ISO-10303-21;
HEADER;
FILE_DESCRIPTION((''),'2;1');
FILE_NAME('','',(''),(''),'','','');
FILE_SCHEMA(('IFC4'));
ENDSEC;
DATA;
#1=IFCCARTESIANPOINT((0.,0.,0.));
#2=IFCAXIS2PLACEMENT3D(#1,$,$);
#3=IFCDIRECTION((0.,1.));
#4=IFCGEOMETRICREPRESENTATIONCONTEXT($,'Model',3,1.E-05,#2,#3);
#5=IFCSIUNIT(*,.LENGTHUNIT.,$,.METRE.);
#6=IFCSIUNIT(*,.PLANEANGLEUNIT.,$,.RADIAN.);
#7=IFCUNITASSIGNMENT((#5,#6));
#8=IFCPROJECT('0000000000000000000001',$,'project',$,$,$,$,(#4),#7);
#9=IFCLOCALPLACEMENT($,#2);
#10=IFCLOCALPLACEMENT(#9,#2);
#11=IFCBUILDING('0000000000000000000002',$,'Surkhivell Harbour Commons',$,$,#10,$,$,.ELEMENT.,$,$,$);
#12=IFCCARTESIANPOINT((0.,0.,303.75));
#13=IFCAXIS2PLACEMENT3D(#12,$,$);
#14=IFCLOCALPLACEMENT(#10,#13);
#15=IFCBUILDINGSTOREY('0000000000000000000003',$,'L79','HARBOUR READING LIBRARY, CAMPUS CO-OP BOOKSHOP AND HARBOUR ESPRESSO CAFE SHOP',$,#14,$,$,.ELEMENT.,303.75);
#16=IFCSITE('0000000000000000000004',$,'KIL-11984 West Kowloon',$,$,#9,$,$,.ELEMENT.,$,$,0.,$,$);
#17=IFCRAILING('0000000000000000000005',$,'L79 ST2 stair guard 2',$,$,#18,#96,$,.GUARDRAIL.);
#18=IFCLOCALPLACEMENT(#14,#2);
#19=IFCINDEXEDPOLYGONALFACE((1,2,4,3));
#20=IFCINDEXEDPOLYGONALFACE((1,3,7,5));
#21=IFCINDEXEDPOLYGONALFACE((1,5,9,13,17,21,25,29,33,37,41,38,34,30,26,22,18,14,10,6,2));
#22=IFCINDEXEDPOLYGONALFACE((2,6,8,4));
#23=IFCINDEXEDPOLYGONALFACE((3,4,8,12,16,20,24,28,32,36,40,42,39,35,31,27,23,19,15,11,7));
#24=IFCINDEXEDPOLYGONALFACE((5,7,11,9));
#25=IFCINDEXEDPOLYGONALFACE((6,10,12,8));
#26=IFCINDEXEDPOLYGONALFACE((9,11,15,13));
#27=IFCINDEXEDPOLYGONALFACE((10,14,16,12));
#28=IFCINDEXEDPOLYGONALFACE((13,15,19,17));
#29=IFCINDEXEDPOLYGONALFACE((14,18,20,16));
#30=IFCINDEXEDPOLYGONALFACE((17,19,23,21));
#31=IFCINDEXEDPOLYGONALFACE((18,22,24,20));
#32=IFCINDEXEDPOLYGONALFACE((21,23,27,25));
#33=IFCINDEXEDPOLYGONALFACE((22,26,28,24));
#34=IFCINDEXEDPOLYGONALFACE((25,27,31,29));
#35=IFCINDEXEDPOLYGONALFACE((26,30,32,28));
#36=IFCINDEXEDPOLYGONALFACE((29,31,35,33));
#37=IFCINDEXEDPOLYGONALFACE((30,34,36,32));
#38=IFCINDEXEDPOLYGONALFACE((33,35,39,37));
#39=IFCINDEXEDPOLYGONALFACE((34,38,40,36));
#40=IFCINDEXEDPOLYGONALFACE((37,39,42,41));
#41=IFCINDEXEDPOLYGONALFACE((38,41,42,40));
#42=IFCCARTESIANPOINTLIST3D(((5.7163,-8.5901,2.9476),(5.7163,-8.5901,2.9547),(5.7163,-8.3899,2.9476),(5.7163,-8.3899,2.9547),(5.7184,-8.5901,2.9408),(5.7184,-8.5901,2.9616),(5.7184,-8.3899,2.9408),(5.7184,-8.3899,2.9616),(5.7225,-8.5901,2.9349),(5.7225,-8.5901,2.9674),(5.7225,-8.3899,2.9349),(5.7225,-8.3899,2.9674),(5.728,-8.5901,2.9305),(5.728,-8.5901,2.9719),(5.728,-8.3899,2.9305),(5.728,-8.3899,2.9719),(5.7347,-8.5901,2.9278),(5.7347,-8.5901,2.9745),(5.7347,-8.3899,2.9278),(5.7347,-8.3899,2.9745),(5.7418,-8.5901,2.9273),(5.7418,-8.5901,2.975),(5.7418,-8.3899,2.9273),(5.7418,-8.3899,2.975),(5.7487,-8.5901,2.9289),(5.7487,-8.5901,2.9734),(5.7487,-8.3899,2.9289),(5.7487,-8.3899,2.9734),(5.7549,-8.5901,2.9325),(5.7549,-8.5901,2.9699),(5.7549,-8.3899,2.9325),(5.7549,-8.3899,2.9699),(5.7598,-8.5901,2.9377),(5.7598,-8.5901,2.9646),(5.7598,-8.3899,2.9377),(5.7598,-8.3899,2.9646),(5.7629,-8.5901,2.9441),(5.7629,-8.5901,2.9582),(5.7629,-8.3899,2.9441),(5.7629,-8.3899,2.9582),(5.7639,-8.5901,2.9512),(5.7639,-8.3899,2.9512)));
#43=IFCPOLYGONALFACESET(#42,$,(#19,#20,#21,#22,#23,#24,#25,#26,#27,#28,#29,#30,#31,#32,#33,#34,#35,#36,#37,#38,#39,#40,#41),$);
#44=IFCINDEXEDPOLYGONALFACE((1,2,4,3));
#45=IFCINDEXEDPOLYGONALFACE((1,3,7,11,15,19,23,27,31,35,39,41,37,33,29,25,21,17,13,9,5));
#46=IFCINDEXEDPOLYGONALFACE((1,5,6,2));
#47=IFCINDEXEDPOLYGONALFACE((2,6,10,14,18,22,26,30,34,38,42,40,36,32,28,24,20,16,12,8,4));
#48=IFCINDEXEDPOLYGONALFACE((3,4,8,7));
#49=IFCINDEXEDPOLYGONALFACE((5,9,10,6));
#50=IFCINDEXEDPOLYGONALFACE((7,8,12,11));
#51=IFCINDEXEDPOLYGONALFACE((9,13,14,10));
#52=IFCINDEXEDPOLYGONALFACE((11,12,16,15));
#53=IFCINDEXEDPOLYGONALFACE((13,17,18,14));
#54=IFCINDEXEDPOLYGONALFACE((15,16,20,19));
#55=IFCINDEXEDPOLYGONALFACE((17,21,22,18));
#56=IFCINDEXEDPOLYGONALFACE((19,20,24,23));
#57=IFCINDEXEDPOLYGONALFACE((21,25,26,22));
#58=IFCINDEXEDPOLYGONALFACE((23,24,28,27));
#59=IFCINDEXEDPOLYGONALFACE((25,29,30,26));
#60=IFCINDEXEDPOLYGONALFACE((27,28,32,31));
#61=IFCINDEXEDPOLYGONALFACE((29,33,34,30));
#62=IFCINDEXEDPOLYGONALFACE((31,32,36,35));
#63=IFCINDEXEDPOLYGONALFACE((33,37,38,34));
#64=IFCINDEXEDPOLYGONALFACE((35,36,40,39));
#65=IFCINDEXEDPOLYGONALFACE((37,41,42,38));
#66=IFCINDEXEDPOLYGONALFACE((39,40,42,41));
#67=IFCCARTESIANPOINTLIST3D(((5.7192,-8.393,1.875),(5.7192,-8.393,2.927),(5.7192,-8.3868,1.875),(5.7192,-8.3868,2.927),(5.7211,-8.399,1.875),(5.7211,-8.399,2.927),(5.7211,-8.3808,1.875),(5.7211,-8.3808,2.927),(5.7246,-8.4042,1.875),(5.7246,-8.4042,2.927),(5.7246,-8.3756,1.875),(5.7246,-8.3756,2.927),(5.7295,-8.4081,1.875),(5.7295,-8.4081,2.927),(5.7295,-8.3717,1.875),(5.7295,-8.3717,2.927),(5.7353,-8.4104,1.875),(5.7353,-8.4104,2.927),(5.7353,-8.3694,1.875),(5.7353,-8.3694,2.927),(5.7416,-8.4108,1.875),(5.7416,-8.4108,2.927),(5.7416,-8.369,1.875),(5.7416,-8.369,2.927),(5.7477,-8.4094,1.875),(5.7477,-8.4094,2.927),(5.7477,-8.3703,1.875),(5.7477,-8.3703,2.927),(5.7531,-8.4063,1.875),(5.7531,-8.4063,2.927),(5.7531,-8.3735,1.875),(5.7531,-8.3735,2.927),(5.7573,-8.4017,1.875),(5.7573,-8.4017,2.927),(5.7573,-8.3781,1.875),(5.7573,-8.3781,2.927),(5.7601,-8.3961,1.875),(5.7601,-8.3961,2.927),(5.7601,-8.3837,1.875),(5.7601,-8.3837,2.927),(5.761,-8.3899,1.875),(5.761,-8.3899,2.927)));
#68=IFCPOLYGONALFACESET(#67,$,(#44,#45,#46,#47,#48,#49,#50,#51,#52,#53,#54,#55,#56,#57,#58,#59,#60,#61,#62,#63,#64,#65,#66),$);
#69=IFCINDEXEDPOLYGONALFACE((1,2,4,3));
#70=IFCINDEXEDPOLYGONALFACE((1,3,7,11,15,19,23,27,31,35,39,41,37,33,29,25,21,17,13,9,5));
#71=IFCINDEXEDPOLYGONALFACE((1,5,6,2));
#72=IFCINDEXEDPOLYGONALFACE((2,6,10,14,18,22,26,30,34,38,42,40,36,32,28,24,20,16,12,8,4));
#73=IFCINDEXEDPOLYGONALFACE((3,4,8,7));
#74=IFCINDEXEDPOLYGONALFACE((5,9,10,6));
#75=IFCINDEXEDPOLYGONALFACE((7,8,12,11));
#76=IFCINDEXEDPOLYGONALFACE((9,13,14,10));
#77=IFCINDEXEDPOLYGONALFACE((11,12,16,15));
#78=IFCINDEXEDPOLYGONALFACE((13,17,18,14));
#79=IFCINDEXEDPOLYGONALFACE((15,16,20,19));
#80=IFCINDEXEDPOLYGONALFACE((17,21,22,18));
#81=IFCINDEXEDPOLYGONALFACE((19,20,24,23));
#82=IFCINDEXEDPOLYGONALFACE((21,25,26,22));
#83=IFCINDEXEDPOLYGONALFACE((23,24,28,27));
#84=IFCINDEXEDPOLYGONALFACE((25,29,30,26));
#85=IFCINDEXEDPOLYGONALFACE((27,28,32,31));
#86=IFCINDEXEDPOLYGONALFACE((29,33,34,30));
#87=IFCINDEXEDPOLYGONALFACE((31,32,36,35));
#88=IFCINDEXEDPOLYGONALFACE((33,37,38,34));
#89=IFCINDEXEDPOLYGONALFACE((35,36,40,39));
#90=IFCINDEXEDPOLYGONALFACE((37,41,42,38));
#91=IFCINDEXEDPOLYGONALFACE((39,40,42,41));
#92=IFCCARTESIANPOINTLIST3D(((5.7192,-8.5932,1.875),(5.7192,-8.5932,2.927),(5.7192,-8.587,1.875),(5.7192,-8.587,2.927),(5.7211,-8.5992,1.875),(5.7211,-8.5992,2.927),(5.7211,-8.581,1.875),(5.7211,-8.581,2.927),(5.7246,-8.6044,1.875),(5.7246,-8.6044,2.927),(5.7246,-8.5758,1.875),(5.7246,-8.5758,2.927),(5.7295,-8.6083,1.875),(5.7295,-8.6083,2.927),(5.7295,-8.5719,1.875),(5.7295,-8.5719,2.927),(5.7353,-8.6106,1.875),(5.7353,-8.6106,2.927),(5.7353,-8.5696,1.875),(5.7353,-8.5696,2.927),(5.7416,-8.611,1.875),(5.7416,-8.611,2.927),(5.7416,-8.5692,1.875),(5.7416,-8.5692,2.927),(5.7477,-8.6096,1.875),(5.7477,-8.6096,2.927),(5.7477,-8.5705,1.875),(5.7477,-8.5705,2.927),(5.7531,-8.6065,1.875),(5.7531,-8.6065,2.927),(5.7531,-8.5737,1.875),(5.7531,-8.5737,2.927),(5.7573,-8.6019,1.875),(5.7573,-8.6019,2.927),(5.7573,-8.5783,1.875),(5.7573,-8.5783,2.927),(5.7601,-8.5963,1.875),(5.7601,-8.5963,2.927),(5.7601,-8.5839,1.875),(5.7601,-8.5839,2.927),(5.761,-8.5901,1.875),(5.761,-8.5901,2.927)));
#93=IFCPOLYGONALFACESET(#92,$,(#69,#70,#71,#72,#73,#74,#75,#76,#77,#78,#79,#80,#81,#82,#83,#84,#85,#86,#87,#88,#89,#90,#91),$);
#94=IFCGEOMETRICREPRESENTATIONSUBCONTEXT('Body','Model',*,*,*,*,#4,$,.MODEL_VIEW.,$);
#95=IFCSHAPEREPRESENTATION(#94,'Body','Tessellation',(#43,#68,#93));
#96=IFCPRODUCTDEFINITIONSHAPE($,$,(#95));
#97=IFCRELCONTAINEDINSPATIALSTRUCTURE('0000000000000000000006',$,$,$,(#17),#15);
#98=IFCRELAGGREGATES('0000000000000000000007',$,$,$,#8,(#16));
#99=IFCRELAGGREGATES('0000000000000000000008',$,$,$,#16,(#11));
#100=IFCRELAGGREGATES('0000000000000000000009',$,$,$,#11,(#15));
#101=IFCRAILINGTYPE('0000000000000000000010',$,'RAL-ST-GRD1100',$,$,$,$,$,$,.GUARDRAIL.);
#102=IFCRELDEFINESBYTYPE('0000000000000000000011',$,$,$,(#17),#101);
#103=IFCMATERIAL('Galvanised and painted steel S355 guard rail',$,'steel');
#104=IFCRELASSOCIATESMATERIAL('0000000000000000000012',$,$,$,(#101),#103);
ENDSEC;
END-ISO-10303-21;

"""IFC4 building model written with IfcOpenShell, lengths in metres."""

from ifc_helpers import new_model, si_unit, direction, frame, origin, origin_2d, place, context, subcontext, project, spatial, circle, extrude, material, type_object, element, save


model = new_model("IFC4")

# Units and contexts
model_context = context("Model", 3, precision=1e-05, world=origin(), true_north=direction((0.0, 1.0)))
body_context = subcontext(model_context, "Body", "Model", "MODEL_VIEW")
ifc_project = project(units=[si_unit("LENGTHUNIT", "METRE"), si_unit("PLANEANGLEUNIT", "RADIAN")], contexts=[model_context])

# Site, building, storey
site_placement = place(None, origin())
site = spatial("IfcSite", under=ifc_project, at=site_placement, Name="KIL-11984 West Kowloon", CompositionType="ELEMENT", RefElevation=0.0)
building_placement = place(site_placement, origin())
building = spatial("IfcBuilding", under=site, at=building_placement, Name="Surkhivell Harbour Commons", CompositionType="ELEMENT")
storey_placement = place(building_placement, frame((0.0, 0.0, 303.75)))
storey = spatial("IfcBuildingStorey", under=building, at=storey_placement, Name="L79", Description="HARBOUR READING LIBRARY, CAMPUS CO-OP BOOKSHOP AND HARBOUR ESPRESSO CAFE SHOP", CompositionType="ELEMENT", Elevation=303.75)

# Railing
ifc_material_1 = material(Name="Galvanised and painted steel S355 guard rail", Category="steel")
railing_type_1 = type_object("IfcRailingType", Name="RAL-ST-GRD1100", PredefinedType="GUARDRAIL", material=ifc_material_1)
railing_1_placement = place(storey_placement, frame((5.74, -8.3899, 1.875)))
element("IfcRailing", 1, at=railing_1_placement, inside=storey, type_object=railing_type_1, Name="L79 ST2 stair guard 2", PredefinedType="GUARDRAIL", context=body_context, shape_type="SweptSolid", body=[
    extrude(circle(Radius=0.0239, at=origin_2d()), frame((0.0, 0.0, 1.0762), z_axis=(0.0, -1.0, 0.0), x_axis=(1.0, 0.0, 0.0)), (0.0, 0.0, 1.0), 0.2002),
    extrude(circle(Radius=0.021, at=origin_2d()), origin(), (0.0, 0.0, 1.0), 1.052),
    extrude(circle(Radius=0.021, at=origin_2d()), frame((0.0, -0.2002, 0.0)), (0.0, 0.0, 1.0), 1.052),
])

save(model, "model.ifc")
